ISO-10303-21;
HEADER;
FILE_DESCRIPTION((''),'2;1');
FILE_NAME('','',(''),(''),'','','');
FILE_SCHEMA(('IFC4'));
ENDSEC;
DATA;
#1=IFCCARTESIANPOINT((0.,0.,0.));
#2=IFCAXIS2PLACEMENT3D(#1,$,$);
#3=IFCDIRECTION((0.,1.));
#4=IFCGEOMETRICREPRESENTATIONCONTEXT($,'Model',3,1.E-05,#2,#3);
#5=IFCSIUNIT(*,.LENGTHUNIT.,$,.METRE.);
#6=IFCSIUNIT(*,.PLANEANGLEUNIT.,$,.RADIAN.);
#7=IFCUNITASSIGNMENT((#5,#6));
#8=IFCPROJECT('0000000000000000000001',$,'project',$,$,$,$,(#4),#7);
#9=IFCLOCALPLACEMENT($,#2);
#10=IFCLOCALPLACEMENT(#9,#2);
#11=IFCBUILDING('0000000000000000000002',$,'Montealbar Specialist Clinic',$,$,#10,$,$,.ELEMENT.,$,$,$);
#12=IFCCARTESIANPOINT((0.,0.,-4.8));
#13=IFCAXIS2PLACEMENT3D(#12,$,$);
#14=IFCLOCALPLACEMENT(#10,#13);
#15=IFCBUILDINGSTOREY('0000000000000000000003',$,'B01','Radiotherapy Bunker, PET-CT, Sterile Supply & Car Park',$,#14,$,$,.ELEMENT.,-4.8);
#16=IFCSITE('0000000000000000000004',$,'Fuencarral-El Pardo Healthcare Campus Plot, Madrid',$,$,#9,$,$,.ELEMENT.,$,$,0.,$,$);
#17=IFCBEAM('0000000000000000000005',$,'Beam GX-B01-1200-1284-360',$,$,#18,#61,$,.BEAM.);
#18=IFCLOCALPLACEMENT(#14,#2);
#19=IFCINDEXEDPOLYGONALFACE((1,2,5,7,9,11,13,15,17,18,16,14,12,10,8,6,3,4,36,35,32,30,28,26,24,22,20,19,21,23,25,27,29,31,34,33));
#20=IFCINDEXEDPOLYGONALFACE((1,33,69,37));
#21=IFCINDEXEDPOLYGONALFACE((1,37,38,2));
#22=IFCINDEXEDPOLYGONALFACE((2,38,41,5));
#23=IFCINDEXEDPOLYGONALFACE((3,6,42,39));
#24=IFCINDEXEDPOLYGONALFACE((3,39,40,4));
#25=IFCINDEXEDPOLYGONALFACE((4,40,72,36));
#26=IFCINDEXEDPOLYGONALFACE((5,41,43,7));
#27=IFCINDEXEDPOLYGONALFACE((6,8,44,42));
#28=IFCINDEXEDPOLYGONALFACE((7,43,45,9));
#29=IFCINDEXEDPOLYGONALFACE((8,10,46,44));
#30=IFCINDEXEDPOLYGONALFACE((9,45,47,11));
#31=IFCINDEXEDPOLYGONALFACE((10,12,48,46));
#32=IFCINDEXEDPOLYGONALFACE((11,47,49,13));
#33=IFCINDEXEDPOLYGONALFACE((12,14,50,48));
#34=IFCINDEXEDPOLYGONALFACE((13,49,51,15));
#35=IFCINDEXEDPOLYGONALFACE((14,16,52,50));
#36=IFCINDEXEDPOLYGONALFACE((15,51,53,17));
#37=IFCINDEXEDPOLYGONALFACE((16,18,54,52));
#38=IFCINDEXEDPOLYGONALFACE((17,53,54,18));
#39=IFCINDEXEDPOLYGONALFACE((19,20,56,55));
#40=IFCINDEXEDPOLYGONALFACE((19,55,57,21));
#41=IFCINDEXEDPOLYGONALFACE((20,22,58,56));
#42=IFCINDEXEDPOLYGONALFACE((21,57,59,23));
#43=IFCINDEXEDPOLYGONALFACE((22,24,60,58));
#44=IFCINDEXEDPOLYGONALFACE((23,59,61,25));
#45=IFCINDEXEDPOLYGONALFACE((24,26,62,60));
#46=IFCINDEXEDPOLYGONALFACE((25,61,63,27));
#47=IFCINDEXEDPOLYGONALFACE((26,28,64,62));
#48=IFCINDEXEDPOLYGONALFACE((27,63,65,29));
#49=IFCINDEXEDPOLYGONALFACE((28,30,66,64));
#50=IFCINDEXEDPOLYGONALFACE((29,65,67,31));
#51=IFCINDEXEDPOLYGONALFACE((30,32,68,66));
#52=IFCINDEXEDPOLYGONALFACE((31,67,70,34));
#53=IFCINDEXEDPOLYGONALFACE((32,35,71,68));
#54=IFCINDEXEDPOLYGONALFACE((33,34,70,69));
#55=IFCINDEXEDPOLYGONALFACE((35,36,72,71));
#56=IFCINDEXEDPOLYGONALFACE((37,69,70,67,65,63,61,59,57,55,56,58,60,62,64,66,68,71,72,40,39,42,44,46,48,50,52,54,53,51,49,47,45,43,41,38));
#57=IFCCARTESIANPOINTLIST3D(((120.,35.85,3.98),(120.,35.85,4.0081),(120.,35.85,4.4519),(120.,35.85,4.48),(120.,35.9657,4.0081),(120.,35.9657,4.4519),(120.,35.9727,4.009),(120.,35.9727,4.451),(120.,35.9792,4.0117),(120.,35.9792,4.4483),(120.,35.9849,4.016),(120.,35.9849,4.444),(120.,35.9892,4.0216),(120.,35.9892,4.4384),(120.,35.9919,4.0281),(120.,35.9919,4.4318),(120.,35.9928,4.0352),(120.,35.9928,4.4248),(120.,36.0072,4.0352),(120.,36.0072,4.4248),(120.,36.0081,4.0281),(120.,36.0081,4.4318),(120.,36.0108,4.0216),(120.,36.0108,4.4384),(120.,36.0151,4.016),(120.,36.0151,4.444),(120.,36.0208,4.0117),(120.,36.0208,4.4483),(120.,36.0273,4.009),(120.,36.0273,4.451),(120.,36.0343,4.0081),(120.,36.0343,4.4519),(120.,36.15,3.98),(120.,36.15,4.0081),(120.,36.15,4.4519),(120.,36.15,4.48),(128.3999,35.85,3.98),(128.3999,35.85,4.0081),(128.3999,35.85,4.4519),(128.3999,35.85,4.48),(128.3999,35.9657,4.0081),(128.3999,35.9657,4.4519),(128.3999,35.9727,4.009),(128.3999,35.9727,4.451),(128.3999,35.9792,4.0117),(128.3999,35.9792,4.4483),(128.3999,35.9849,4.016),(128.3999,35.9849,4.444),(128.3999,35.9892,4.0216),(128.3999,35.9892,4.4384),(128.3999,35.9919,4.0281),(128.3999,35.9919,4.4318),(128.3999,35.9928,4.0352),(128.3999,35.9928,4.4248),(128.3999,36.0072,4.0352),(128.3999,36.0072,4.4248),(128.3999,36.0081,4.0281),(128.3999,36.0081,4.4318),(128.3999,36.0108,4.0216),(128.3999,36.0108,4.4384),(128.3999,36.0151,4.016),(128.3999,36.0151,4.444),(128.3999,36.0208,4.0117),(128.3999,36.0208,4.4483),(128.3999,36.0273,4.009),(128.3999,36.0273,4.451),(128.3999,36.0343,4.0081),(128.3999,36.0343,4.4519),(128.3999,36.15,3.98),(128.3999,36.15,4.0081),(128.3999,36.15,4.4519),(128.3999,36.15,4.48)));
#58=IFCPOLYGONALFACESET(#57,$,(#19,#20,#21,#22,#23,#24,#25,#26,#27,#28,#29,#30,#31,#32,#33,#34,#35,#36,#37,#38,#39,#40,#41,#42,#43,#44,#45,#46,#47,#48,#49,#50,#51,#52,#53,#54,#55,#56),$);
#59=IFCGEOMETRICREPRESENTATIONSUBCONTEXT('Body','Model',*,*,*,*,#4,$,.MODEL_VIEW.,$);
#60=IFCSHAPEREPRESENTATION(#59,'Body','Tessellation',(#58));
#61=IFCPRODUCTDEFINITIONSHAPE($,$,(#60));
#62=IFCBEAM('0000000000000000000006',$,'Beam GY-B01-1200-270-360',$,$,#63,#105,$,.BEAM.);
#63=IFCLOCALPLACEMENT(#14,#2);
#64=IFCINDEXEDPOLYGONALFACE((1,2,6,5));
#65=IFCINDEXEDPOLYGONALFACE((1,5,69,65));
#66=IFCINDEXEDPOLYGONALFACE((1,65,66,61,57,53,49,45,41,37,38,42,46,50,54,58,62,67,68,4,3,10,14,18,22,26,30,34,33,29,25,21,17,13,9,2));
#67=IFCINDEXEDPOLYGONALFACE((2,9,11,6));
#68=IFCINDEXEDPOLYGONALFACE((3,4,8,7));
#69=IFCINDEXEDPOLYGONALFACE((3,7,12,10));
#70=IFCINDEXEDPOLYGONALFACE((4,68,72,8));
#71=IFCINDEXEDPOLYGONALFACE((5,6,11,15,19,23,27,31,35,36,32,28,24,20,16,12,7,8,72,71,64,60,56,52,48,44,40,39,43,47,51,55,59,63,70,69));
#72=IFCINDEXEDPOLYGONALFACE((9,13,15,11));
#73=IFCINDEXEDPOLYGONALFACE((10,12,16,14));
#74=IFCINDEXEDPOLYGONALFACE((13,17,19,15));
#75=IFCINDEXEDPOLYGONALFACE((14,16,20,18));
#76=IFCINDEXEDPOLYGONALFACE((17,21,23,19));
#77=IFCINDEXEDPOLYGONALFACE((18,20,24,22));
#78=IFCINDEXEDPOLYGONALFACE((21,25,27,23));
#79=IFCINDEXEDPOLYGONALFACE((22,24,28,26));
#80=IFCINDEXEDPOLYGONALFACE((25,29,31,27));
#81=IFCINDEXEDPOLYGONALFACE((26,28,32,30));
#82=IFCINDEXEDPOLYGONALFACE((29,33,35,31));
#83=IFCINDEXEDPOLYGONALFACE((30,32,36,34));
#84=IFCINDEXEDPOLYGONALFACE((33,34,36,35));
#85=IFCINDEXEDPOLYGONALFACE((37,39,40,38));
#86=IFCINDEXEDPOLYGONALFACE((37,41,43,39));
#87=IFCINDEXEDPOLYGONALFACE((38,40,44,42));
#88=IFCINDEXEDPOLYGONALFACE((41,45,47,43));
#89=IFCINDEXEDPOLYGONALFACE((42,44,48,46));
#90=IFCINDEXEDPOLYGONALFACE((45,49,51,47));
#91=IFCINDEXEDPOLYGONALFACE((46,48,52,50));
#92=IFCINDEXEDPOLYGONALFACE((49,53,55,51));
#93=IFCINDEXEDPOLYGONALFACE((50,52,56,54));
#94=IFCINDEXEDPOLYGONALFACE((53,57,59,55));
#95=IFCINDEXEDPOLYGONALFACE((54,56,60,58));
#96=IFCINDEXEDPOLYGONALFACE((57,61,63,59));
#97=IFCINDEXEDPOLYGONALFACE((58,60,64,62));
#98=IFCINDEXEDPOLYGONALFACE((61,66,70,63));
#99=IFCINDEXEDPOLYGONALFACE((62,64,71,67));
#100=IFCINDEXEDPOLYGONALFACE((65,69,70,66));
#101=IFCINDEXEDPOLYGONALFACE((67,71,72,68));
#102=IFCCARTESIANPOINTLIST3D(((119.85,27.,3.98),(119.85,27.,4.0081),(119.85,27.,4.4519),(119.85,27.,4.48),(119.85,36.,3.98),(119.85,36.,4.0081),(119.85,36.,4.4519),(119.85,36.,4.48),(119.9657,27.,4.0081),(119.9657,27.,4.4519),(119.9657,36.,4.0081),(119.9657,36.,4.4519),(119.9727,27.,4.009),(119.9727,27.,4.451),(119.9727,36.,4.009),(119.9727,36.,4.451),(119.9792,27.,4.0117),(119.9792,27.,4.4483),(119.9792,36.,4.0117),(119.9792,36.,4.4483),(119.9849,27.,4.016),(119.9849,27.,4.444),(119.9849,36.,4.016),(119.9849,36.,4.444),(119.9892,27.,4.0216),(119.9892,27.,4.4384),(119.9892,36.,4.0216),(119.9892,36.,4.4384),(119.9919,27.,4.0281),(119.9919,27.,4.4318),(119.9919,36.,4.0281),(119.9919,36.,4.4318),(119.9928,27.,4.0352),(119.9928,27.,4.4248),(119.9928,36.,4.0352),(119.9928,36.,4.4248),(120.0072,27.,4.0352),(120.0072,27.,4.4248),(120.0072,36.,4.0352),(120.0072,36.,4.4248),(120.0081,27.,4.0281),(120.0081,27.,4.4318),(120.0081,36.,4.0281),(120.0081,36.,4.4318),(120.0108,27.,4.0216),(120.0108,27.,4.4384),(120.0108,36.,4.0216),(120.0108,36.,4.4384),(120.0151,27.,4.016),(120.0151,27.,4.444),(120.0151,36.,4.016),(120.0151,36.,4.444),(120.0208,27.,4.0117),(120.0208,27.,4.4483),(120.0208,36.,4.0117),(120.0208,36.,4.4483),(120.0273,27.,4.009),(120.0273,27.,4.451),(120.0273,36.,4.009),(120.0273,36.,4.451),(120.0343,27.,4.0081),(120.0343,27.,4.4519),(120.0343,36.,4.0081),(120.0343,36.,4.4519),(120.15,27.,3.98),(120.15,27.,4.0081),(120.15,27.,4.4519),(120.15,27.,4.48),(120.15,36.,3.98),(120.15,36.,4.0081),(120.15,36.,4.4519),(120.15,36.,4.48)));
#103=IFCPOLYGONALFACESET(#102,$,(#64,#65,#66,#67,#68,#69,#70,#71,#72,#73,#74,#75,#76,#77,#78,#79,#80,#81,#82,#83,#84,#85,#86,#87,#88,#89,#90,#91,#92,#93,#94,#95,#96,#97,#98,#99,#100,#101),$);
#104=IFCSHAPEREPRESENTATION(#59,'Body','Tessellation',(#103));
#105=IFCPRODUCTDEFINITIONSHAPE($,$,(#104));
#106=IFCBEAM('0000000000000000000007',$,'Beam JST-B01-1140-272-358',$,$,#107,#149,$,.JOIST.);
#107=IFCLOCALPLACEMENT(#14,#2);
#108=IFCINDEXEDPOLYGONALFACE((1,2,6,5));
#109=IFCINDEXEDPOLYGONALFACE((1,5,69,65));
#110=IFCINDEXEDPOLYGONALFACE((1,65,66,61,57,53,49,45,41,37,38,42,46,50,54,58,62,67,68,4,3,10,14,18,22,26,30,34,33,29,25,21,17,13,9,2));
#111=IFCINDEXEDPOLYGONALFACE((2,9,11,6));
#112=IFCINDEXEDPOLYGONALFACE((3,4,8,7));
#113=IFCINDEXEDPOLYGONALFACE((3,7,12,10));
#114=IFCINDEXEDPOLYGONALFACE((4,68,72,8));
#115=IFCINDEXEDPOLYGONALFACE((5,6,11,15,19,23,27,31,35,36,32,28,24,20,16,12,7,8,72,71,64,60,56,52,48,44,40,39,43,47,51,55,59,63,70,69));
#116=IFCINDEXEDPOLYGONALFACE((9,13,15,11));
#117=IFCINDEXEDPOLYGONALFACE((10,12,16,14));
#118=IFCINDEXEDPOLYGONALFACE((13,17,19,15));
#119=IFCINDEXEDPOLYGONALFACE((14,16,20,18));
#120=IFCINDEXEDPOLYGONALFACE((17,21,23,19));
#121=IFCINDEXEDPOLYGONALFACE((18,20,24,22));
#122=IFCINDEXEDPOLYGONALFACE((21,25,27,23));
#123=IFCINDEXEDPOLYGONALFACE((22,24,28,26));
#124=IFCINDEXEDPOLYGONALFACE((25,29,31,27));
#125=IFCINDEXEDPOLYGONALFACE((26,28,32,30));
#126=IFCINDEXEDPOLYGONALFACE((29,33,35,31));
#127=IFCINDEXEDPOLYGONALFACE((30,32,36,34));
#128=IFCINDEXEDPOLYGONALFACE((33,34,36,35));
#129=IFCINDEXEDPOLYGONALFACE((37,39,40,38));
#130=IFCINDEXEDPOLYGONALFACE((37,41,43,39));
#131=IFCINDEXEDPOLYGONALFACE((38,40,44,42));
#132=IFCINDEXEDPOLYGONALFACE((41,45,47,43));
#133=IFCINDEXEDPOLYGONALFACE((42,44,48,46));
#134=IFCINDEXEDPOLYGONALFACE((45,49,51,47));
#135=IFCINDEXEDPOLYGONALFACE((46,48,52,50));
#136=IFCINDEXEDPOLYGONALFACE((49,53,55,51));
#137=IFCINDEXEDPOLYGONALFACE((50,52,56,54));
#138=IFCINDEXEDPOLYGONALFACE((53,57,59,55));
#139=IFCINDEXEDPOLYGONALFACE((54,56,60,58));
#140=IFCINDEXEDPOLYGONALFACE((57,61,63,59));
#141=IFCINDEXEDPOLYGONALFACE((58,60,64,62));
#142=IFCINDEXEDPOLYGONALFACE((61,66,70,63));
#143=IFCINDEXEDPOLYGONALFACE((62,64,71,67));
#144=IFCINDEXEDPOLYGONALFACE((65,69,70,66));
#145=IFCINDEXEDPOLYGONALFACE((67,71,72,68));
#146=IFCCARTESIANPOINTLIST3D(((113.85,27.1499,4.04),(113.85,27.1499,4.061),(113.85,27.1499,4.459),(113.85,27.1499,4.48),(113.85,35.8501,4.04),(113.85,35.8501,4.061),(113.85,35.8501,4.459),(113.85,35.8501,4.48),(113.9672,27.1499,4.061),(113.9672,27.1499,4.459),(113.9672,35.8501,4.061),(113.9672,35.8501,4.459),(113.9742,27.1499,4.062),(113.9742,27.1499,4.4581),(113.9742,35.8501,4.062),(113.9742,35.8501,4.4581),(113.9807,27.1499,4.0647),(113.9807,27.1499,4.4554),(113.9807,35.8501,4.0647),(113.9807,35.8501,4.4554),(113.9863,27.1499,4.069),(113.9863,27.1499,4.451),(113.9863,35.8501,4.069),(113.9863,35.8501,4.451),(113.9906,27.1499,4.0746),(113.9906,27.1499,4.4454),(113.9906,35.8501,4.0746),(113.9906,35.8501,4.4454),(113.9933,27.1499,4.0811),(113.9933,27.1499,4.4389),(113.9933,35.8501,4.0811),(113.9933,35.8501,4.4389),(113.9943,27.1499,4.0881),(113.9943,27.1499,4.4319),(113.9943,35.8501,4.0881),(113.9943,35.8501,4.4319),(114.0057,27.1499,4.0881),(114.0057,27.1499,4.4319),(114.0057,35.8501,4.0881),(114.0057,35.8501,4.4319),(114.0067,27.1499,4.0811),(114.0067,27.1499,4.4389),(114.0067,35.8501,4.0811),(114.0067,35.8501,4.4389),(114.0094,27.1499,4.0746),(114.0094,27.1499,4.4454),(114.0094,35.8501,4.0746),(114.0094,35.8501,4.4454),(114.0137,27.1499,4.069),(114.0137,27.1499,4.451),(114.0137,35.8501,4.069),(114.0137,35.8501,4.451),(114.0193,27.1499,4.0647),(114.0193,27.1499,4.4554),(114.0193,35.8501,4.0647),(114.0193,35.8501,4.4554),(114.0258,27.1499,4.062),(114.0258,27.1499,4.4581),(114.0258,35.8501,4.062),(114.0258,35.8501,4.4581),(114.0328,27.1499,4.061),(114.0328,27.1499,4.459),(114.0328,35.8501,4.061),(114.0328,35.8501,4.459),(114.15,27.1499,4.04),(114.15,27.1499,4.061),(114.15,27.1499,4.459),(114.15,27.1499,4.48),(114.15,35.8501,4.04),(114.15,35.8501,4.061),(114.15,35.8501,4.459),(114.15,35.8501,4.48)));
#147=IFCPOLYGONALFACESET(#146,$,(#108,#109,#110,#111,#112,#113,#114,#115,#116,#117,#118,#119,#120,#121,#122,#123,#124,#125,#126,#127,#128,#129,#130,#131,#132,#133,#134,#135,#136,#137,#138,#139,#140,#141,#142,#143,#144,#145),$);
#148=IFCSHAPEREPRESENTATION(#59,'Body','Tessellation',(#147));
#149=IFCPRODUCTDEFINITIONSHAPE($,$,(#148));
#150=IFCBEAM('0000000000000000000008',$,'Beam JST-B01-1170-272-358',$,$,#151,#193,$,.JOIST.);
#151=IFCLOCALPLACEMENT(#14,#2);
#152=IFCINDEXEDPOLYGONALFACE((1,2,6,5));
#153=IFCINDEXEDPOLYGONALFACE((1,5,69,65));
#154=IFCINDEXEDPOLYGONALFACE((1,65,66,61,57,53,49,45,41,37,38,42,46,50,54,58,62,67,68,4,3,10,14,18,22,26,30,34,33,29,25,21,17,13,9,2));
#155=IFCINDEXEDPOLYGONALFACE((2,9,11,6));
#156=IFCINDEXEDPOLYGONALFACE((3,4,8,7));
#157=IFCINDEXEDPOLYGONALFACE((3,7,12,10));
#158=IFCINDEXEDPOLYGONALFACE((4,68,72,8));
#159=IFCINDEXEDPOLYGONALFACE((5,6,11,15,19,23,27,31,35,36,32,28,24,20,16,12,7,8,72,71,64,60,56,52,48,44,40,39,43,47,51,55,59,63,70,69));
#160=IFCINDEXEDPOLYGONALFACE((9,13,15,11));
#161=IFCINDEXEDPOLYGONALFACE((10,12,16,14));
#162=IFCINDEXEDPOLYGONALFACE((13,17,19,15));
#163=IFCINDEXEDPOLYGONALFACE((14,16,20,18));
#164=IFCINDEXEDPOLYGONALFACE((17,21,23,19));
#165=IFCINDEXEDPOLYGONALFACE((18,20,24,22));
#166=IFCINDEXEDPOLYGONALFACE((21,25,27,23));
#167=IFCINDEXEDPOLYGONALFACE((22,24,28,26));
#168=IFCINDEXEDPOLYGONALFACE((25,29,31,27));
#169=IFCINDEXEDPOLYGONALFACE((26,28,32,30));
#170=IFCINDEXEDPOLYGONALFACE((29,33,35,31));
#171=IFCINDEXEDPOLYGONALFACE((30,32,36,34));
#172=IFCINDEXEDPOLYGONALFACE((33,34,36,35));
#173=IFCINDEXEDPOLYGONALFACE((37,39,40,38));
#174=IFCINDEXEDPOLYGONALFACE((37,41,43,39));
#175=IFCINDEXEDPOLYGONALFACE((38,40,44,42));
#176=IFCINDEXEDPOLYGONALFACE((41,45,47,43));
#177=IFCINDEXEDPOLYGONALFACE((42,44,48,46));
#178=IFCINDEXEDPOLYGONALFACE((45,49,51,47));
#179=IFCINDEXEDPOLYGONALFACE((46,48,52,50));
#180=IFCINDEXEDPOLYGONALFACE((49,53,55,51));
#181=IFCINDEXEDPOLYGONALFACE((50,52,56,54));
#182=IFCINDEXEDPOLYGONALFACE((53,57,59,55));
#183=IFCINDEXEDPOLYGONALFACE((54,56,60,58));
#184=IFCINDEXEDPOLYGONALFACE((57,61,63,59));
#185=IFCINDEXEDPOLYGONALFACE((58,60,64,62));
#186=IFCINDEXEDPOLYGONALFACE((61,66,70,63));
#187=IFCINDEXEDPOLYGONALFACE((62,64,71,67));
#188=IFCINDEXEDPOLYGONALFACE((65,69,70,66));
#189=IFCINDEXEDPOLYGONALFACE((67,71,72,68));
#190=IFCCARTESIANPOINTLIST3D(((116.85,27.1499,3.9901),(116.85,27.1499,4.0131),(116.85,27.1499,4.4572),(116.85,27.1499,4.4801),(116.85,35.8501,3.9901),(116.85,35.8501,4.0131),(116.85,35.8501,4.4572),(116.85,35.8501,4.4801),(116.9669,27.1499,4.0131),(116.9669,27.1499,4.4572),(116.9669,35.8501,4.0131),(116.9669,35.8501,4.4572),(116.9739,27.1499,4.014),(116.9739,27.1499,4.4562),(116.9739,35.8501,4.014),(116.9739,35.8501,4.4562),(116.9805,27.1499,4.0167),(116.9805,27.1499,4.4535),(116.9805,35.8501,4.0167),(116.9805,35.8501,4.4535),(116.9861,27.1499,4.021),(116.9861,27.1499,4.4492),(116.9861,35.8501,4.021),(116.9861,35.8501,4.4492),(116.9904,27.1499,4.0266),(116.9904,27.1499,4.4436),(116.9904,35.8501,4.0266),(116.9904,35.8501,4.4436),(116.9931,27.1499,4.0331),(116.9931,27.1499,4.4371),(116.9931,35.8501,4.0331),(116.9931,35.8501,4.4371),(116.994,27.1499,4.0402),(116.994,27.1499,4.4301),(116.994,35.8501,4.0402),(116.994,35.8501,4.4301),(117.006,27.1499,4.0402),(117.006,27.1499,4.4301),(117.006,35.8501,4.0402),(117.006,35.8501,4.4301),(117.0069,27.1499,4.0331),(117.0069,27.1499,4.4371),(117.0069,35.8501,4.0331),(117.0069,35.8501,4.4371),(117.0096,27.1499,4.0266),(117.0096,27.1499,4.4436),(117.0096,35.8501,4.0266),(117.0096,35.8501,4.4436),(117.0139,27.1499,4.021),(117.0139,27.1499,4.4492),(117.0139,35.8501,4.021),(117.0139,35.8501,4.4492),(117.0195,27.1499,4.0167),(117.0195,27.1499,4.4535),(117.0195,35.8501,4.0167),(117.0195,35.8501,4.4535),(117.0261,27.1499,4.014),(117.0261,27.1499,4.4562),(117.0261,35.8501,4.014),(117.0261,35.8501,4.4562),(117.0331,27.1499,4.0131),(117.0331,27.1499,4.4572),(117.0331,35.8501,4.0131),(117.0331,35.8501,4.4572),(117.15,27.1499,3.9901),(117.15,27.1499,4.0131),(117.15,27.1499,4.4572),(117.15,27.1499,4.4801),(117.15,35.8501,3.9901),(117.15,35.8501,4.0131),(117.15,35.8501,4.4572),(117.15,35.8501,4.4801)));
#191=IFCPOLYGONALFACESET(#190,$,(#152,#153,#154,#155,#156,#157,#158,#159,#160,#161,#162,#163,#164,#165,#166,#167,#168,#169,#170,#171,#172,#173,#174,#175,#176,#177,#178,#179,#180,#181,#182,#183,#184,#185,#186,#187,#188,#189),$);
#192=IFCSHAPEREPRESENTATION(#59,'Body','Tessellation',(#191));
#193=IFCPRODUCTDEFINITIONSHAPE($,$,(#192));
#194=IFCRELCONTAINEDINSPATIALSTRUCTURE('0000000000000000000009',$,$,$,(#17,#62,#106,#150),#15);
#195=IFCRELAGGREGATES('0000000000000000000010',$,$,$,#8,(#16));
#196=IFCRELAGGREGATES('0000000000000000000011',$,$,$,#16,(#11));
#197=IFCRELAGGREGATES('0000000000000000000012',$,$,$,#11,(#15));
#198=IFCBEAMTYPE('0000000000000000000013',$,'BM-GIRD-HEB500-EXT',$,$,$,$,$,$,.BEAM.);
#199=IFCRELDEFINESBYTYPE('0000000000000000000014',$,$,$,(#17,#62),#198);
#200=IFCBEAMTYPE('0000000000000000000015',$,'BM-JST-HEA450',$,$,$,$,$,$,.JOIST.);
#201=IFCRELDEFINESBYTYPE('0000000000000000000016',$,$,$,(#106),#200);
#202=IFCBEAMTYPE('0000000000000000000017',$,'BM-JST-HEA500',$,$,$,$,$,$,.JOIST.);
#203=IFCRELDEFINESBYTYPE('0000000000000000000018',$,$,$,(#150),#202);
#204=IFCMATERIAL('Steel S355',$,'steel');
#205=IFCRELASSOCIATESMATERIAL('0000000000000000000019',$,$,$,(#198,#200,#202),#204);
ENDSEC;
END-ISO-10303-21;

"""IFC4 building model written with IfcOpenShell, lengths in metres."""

from ifc_helpers import new_model, si_unit, direction, frame, origin, origin_2d, place, context, subcontext, project, spatial, i_section, extrude, material, material_profile, profile_set, type_object, element, save


model = new_model("IFC4")

# Units and contexts
model_context = context("Model", 3, precision=1e-05, world=origin(), true_north=direction((0.0, 1.0)))
body_context = subcontext(model_context, "Body", "Model", "MODEL_VIEW")
ifc_project = project(units=[si_unit("LENGTHUNIT", "METRE"), si_unit("PLANEANGLEUNIT", "RADIAN")], contexts=[model_context])

# Site, building, storey
site_placement = place(None, origin())
site = spatial("IfcSite", under=ifc_project, at=site_placement, Name="Fuencarral-El Pardo Healthcare Campus Plot, Madrid", CompositionType="ELEMENT", RefElevation=0.0)
building_placement = place(site_placement, origin())
building = spatial("IfcBuilding", under=site, at=building_placement, Name="Montealbar Specialist Clinic", CompositionType="ELEMENT")
storey_placement = place(building_placement, frame((0.0, 0.0, -4.8)))
storey = spatial("IfcBuildingStorey", under=building, at=storey_placement, Name="B01", Description="Radiotherapy Bunker, PET-CT, Sterile Supply & Car Park", CompositionType="ELEMENT", Elevation=-4.8)

# Shared definitions
ifc_material_1 = material(Name="Steel S355", Category="steel")

# Beams
ifc_material_profile_1 = material_profile(ifc_material_1, i_section(OverallWidth=0.3, OverallDepth=0.5, WebThickness=0.0144, FlangeThickness=0.0281, FilletRadius=0.0271, at=origin_2d()), Name="HEB 500", Category="steel")
ifc_profile_set_1 = profile_set([ifc_material_profile_1], Name="Steel S355")
beam_type_1 = type_object("IfcBeamType", Name="BM-GIRD-HEB500-EXT", PredefinedType="BEAM", material=ifc_profile_set_1)
for number, where, z_axis, x_axis, name in (
    (1, (120.0, 36.0, 4.23), (1.0, 0.0, 0.0), (0.0, 1.0, 0.0), "Beam GX-B01-1200-1284-360"),
):
    element("IfcBeam", number, at=place(storey_placement, frame(where, z_axis=z_axis, x_axis=x_axis)), inside=storey, type_object=beam_type_1, Name=name, PredefinedType="BEAM", context=body_context, shape_type="SweptSolid", body=[
        extrude(i_section(OverallWidth=0.3, OverallDepth=0.5, WebThickness=0.0144, FlangeThickness=0.0281, FilletRadius=0.0271, at=origin_2d()), origin(), (0.0, 0.0, 1.0), 8.3999),
    ])
beam_1_placement = place(storey_placement, frame((120.0, 27.0, 4.23), z_axis=(0.0, 1.0, 0.0), x_axis=(-1.0, 0.0, 0.0)))
element("IfcBeam", 2, at=beam_1_placement, inside=storey, type_object=beam_type_1, Name="Beam GY-B01-1200-270-360", PredefinedType="BEAM", context=body_context, shape_type="SweptSolid", body=[
    extrude(i_section(OverallWidth=0.3, OverallDepth=0.5, WebThickness=0.0144, FlangeThickness=0.0281, FilletRadius=0.0271, at=origin_2d()), origin(), (0.0, 0.0, 1.0), 9.0),
])
ifc_material_profile_2 = material_profile(ifc_material_1, i_section(OverallWidth=0.3, OverallDepth=0.4399, WebThickness=0.0115, FlangeThickness=0.021, FilletRadius=0.0271, at=origin_2d()), Name="HEA 450", Category="steel")
ifc_profile_set_2 = profile_set([ifc_material_profile_2], Name="Steel S355")
beam_type_2 = type_object("IfcBeamType", Name="BM-JST-HEA450", PredefinedType="JOIST", material=ifc_profile_set_2)
beam_2_placement = place(storey_placement, frame((114.0, 27.1499, 4.26), z_axis=(0.0, 1.0, 0.0), x_axis=(-1.0, 0.0, 0.0)))
element("IfcBeam", 3, at=beam_2_placement, inside=storey, type_object=beam_type_2, Name="Beam JST-B01-1140-272-358", PredefinedType="JOIST", context=body_context, shape_type="SweptSolid", body=[
    extrude(i_section(OverallWidth=0.3, OverallDepth=0.4399, WebThickness=0.0115, FlangeThickness=0.021, FilletRadius=0.0271, at=origin_2d()), origin(), (0.0, 0.0, 1.0), 8.7002),
])
ifc_material_profile_3 = material_profile(ifc_material_1, i_section(OverallWidth=0.3, OverallDepth=0.49, WebThickness=0.012, FlangeThickness=0.0229, FilletRadius=0.0271, at=origin_2d()), Name="HEA 500", Category="steel")
ifc_profile_set_3 = profile_set([ifc_material_profile_3], Name="Steel S355")
beam_type_3 = type_object("IfcBeamType", Name="BM-JST-HEA500", PredefinedType="JOIST", material=ifc_profile_set_3)
for number, where, z_axis, x_axis, name in (
    (4, (117.0, 27.1499, 4.2351), (0.0, 1.0, 0.0), (-1.0, 0.0, 0.0), "Beam JST-B01-1170-272-358"),
):
    element("IfcBeam", number, at=place(storey_placement, frame(where, z_axis=z_axis, x_axis=x_axis)), inside=storey, type_object=beam_type_3, Name=name, PredefinedType="JOIST", context=body_context, shape_type="SweptSolid", body=[
        extrude(i_section(OverallWidth=0.3, OverallDepth=0.49, WebThickness=0.012, FlangeThickness=0.0229, FilletRadius=0.0271, at=origin_2d()), origin(), (0.0, 0.0, 1.0), 8.7002),
    ])

save(model, "model.ifc")
